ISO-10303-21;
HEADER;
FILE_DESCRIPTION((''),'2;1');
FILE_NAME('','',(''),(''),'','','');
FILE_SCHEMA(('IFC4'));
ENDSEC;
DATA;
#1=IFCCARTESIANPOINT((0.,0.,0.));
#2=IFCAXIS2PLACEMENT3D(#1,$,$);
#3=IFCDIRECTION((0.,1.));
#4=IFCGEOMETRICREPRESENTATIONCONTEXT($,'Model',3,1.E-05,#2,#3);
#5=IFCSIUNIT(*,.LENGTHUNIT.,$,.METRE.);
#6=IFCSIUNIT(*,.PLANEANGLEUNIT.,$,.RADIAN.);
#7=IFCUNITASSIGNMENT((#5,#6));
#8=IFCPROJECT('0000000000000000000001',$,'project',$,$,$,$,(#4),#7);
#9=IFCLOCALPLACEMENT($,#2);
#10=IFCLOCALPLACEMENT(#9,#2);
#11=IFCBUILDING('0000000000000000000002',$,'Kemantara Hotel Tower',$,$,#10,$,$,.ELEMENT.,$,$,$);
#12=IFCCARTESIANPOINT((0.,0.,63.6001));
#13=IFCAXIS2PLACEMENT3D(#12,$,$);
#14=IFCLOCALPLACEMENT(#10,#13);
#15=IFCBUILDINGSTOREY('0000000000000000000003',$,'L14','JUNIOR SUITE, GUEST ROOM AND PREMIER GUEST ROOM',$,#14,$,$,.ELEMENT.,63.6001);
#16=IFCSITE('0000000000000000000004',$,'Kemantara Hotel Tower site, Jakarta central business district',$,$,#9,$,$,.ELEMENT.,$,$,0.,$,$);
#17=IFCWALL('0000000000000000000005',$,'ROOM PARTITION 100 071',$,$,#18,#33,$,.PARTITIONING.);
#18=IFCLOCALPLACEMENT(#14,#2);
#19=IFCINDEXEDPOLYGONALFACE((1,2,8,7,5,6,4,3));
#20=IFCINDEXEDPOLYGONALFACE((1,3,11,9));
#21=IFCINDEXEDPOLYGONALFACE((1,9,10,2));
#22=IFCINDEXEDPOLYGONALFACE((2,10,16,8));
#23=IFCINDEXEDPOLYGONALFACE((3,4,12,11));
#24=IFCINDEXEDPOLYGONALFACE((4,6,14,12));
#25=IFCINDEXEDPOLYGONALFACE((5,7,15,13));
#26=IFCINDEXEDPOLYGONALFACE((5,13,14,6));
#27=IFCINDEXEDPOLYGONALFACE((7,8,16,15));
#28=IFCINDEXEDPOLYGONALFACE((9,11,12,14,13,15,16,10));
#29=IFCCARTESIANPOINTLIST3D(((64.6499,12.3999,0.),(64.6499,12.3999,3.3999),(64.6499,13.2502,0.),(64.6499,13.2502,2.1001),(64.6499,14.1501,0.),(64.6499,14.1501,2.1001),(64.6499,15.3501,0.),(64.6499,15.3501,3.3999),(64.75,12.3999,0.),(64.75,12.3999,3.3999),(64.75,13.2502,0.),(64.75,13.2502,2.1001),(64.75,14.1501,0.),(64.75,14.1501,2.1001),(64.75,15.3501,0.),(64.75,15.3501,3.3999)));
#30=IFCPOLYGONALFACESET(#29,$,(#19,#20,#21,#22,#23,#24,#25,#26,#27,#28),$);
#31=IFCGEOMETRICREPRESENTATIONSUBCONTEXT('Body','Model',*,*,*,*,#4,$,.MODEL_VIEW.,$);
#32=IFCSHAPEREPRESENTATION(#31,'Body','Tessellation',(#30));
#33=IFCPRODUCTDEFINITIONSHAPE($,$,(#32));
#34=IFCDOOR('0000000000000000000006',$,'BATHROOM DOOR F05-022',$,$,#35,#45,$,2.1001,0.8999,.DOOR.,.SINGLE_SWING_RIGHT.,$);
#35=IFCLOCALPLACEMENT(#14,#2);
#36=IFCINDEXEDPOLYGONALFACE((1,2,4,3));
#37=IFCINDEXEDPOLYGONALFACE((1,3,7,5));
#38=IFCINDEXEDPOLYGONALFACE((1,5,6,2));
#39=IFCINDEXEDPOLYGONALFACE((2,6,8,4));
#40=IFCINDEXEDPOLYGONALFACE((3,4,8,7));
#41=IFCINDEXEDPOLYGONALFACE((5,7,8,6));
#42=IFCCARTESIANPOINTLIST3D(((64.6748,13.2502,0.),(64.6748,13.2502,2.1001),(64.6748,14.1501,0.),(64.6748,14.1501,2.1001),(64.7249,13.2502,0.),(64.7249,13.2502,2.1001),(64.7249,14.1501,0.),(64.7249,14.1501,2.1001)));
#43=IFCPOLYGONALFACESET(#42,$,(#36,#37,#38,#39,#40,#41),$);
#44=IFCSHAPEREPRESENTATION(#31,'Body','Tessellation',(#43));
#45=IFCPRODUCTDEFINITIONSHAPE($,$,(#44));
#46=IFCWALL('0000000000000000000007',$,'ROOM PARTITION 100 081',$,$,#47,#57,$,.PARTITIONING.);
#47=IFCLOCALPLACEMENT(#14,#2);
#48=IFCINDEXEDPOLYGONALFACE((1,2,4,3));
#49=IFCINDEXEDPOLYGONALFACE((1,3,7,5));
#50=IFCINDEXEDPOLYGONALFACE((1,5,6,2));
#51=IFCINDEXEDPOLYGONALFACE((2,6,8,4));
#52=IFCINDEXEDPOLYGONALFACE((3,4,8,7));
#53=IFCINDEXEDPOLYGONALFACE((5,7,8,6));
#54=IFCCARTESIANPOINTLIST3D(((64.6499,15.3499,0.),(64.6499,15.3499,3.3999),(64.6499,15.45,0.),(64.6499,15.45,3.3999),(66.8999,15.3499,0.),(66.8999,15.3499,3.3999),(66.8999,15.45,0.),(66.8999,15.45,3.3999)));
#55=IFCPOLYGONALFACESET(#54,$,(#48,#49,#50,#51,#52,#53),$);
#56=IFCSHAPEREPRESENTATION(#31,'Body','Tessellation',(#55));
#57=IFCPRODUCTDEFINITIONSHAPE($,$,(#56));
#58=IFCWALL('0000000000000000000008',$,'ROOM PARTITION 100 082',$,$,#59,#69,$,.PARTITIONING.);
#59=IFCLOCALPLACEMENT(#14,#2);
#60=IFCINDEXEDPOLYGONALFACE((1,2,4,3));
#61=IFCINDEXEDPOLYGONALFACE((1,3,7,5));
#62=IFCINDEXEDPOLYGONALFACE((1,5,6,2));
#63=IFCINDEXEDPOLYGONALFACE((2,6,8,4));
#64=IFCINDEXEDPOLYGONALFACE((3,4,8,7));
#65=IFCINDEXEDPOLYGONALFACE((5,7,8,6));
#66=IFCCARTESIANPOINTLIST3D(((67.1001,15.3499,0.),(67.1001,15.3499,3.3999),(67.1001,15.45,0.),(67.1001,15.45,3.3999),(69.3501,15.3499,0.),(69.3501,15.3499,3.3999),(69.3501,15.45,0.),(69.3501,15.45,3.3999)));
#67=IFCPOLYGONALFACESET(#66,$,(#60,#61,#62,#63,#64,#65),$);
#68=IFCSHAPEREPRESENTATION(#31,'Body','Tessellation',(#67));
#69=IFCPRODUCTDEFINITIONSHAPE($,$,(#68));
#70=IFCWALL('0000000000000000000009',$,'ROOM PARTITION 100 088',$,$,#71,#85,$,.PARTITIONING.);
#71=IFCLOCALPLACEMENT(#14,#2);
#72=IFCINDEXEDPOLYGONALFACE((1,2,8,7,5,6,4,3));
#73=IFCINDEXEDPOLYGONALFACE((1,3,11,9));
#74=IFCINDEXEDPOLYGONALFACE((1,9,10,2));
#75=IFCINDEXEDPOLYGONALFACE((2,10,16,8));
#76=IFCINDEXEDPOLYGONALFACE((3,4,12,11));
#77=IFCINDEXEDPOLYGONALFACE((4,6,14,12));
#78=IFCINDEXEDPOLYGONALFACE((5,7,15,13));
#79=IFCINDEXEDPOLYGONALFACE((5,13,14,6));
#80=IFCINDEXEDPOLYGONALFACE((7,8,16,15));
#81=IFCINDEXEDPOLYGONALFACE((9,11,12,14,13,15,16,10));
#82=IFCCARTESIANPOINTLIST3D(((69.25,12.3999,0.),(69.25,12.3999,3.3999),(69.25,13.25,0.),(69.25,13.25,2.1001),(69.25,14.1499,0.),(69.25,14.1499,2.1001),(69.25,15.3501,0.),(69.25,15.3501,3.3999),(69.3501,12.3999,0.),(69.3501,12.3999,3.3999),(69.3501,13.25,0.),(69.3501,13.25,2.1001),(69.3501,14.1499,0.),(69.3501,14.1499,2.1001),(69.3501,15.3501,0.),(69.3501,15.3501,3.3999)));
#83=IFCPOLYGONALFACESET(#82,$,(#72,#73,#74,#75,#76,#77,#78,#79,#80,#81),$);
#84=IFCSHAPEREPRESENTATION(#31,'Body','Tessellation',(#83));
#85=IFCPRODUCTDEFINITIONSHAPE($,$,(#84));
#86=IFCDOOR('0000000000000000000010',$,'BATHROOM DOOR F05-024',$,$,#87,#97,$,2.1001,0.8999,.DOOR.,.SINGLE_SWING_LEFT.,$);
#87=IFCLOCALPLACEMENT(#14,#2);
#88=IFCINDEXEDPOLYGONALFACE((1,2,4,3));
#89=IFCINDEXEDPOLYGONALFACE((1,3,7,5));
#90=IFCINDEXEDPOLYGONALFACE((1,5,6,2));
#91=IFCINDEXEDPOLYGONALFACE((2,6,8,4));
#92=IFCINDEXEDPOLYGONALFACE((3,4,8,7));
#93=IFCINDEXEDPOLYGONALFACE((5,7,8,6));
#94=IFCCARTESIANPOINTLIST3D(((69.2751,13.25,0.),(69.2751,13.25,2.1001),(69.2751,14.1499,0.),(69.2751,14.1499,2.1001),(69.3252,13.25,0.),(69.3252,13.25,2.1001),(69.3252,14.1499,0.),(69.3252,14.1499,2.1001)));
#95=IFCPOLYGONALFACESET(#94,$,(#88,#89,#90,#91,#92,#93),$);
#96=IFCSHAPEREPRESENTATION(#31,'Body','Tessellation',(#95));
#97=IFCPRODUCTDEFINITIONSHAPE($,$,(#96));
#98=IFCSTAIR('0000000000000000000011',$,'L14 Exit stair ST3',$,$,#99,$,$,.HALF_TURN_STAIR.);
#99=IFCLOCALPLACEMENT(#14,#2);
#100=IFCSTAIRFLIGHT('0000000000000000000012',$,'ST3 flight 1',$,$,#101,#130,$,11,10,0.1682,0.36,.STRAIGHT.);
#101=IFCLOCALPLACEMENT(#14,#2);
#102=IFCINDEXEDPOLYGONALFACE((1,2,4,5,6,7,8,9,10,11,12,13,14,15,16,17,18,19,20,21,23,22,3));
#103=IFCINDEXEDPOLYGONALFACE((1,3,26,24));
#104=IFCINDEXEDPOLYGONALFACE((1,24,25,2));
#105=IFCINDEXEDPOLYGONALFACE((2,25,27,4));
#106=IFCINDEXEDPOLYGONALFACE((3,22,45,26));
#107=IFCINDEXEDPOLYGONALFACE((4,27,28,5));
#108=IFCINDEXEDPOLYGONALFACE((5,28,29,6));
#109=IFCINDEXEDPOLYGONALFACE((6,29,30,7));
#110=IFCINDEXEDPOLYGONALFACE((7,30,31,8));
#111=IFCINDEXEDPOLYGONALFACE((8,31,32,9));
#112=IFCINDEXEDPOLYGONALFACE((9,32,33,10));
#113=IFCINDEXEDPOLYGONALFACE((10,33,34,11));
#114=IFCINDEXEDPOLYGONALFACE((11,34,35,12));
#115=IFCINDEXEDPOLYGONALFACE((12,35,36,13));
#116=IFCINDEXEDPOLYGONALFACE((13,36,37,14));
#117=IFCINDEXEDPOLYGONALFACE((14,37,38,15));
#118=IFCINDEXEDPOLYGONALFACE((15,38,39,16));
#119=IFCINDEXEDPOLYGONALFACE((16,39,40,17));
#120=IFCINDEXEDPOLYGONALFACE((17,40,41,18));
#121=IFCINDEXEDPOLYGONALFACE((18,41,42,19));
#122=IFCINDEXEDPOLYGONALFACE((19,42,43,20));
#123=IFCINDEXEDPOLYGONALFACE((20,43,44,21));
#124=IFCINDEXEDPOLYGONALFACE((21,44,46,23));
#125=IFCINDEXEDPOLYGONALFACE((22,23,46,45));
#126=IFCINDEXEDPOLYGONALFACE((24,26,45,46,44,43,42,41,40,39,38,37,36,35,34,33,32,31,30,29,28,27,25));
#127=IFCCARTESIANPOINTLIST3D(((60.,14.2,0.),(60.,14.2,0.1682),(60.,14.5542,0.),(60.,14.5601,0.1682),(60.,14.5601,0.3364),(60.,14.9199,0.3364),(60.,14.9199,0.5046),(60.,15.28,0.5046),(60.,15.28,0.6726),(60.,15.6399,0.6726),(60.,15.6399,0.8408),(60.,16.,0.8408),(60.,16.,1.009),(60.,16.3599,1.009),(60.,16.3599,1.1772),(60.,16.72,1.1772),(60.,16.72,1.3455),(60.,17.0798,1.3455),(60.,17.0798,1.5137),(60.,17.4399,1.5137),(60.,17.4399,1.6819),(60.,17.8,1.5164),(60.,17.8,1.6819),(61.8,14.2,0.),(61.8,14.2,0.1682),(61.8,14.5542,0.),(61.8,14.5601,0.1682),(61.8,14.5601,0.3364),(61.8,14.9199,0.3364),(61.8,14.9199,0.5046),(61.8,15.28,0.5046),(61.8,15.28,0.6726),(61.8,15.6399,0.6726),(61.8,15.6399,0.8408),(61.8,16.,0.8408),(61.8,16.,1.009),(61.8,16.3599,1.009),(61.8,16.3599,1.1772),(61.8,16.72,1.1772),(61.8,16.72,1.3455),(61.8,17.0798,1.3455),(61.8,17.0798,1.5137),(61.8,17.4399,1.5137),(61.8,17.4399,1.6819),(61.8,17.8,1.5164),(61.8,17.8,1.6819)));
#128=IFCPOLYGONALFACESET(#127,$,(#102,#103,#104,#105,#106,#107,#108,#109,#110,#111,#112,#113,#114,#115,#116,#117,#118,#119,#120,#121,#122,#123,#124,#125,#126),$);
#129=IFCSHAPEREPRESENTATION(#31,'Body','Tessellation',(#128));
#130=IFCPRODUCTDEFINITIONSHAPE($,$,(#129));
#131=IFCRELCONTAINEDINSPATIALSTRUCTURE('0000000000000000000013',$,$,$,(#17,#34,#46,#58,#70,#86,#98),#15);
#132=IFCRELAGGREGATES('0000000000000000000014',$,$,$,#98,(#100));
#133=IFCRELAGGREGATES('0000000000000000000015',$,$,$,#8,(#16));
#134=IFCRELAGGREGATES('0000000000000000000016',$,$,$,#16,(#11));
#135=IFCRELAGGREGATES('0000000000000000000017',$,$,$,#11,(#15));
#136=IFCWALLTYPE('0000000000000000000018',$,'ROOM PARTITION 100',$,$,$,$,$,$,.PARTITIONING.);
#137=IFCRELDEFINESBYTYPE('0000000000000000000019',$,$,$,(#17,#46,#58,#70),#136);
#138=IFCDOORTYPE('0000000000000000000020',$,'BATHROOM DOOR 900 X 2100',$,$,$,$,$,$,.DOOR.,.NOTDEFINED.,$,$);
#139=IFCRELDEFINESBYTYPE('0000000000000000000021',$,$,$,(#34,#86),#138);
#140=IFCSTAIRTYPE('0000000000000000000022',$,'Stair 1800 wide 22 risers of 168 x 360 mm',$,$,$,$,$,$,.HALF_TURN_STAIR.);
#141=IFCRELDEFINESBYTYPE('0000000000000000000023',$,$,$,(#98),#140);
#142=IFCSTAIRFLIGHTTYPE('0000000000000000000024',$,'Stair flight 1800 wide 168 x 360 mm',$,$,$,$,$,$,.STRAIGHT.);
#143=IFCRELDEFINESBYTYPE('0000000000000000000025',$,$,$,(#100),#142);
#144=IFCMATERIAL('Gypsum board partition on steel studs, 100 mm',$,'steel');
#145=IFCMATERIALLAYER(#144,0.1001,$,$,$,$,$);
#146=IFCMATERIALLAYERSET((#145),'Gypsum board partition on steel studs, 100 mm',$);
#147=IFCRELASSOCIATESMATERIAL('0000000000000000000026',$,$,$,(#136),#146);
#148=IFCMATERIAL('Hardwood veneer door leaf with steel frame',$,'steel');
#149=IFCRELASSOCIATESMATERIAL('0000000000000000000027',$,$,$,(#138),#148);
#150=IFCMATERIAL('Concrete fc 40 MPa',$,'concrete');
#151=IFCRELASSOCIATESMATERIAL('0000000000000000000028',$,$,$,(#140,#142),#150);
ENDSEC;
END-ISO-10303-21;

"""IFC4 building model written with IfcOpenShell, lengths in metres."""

from ifc_helpers import new_model, si_unit, direction, frame, frame_2d, origin, place, context, subcontext, project, spatial, polyline, rectangle, outline, extrude, material, layer, layer_set, type_object, element, fill, aggregate, save


model = new_model("IFC4")

# Units and contexts
model_context = context("Model", 3, precision=1e-05, world=origin(), true_north=direction((0.0, 1.0)))
body_context = subcontext(model_context, "Body", "Model", "MODEL_VIEW")
ifc_project = project(units=[si_unit("LENGTHUNIT", "METRE"), si_unit("PLANEANGLEUNIT", "RADIAN")], contexts=[model_context])

# Site, building, storey
site_placement = place(None, origin())
site = spatial("IfcSite", under=ifc_project, at=site_placement, Name="Kemantara Hotel Tower site, Jakarta central business district", CompositionType="ELEMENT", RefElevation=0.0)
building_placement = place(site_placement, origin())
building = spatial("IfcBuilding", under=site, at=building_placement, Name="Kemantara Hotel Tower", CompositionType="ELEMENT")
storey_placement = place(building_placement, frame((0.0, 0.0, 63.6001)))
storey = spatial("IfcBuildingStorey", under=building, at=storey_placement, Name="L14", Description="JUNIOR SUITE, GUEST ROOM AND PREMIER GUEST ROOM", CompositionType="ELEMENT", Elevation=63.6001)

# Shared definitions
ifc_material_1 = material(Name="Hardwood veneer door leaf with steel frame", Category="steel")

# Shared definitions
ifc_material_2 = material(Name="Concrete fc 40 MPa", Category="concrete")

# Wall, opening, door
ifc_material_3 = material(Name="Gypsum board partition on steel studs, 100 mm", Category="steel")
ifc_layer_1 = layer(ifc_material_3, 0.1001)
ifc_layer_set_1 = layer_set([ifc_layer_1], Name="Gypsum board partition on steel studs, 100 mm")
wall_type_1 = type_object("IfcWallType", Name="ROOM PARTITION 100", PredefinedType="PARTITIONING", material=ifc_layer_set_1)
wall_1_placement = place(storey_placement, frame((64.7, 15.3501, 0.0), z_axis=(0.0, 0.0, 1.0), x_axis=(0.0, -1.0, 0.0)))
wall_1 = element("IfcWall", 1, at=wall_1_placement, inside=storey, type_object=wall_type_1, Name="ROOM PARTITION 100 071", PredefinedType="PARTITIONING", context=body_context, shape_type="SweptSolid", body=[
    extrude(rectangle(XDim=2.9502, YDim=0.1001, at=frame_2d((1.4751, 0.0))), origin(), (0.0, 0.0, 1.0), 3.3999),
])
opening_1_placement = place(wall_1_placement, frame((1.2, 0.0, 0.0)))
opening_1 = element("IfcOpeningElement", 2, at=opening_1_placement, cuts=wall_1, PredefinedType="OPENING", context=body_context, shape_type="SweptSolid", body=[
    extrude(rectangle(XDim=0.8999, YDim=2.1001, at=frame_2d((0.45, 1.05))), frame((0.0, 0.0601, 0.0), z_axis=(0.0, -1.0, 0.0), x_axis=(1.0, 0.0, 0.0)), (0.0, 0.0, 1.0), 0.1201),
])
door_type_1 = type_object("IfcDoorType", Name="BATHROOM DOOR 900 X 2100", OperationType="NOTDEFINED", PredefinedType="DOOR", material=ifc_material_1)
door_1_placement = place(opening_1_placement, origin())
door_1 = element("IfcDoor", 3, at=door_1_placement, inside=storey, type_object=door_type_1, Name="BATHROOM DOOR F05-022", OperationType="SINGLE_SWING_RIGHT", OverallHeight=2.1001, OverallWidth=0.8999, PredefinedType="DOOR", context=body_context, shape_type="SweptSolid", body=[
    extrude(rectangle(XDim=0.8999, YDim=2.1001, at=frame_2d((0.45, 1.05))), frame((0.0, 0.0249, 0.0), z_axis=(0.0, -1.0, 0.0), x_axis=(1.0, 0.0, 0.0)), (0.0, 0.0, 1.0), 0.05),
])
fill(opening_1, door_1)

# Walls
for number, where, z_axis, x_axis, name in (
    (4, (64.6499, 15.3999, 0.0), (0.0, 0.0, 1.0), (1.0, 0.0, 0.0), "ROOM PARTITION 100 081"),
    (5, (67.1001, 15.3999, 0.0), (0.0, 0.0, 1.0), (1.0, 0.0, 0.0), "ROOM PARTITION 100 082"),
):
    element("IfcWall", number, at=place(storey_placement, frame(where, z_axis=z_axis, x_axis=x_axis)), inside=storey, type_object=wall_type_1, Name=name, PredefinedType="PARTITIONING", context=body_context, shape_type="SweptSolid", body=[
        extrude(rectangle(XDim=2.25, YDim=0.1001, at=frame_2d((1.125, 0.0))), origin(), (0.0, 0.0, 1.0), 3.3999),
    ])

# Wall, opening, door
wall_2_placement = place(storey_placement, frame((69.3, 12.3999, 0.0), z_axis=(0.0, 0.0, 1.0), x_axis=(0.0, 1.0, 0.0)))
wall_2 = element("IfcWall", 6, at=wall_2_placement, inside=storey, type_object=wall_type_1, Name="ROOM PARTITION 100 088", PredefinedType="PARTITIONING", context=body_context, shape_type="SweptSolid", body=[
    extrude(rectangle(XDim=2.9502, YDim=0.1001, at=frame_2d((1.4751, 0.0))), origin(), (0.0, 0.0, 1.0), 3.3999),
])
opening_2_placement = place(wall_2_placement, frame((0.8501, 0.0, 0.0)))
opening_2 = element("IfcOpeningElement", 7, at=opening_2_placement, cuts=wall_2, PredefinedType="OPENING", context=body_context, shape_type="SweptSolid", body=[
    extrude(rectangle(XDim=0.8999, YDim=2.1001, at=frame_2d((0.45, 1.05))), frame((0.0, 0.0601, 0.0), z_axis=(0.0, -1.0, 0.0), x_axis=(1.0, 0.0, 0.0)), (0.0, 0.0, 1.0), 0.1201),
])
door_2_placement = place(opening_2_placement, origin())
door_2 = element("IfcDoor", 8, at=door_2_placement, inside=storey, type_object=door_type_1, Name="BATHROOM DOOR F05-024", OperationType="SINGLE_SWING_LEFT", OverallHeight=2.1001, OverallWidth=0.8999, PredefinedType="DOOR", context=body_context, shape_type="SweptSolid", body=[
    extrude(rectangle(XDim=0.8999, YDim=2.1001, at=frame_2d((0.45, 1.05))), frame((0.0, 0.0249, 0.0), z_axis=(0.0, -1.0, 0.0), x_axis=(1.0, 0.0, 0.0)), (0.0, 0.0, 1.0), 0.05),
])
fill(opening_2, door_2)

# Stair, stair flight
stair_type = type_object("IfcStairType", Name="Stair 1800 wide 22 risers of 168 x 360 mm", PredefinedType="HALF_TURN_STAIR", material=ifc_material_2)
stair_placement = place(storey_placement, origin())
stair = element("IfcStair", 9, at=stair_placement, inside=storey, type_object=stair_type, Name="L14 Exit stair ST3", PredefinedType="HALF_TURN_STAIR")
stair_flight_type = type_object("IfcStairFlightType", Name="Stair flight 1800 wide 168 x 360 mm", PredefinedType="STRAIGHT", material=ifc_material_2)
stair_flight_placement = place(storey_placement, frame((60.8999, 14.2, 0.0), z_axis=(0.0, 0.0, 1.0), x_axis=(0.0, 1.0, 0.0)))
stair_flight = element("IfcStairFlight", 10, at=stair_flight_placement, type_object=stair_flight_type, Name="ST3 flight 1", NumberOfRisers=11, NumberOfTreads=10, PredefinedType="STRAIGHT", RiserHeight=0.1682, TreadLength=0.36, context=body_context, shape_type="SweptSolid", body=[
    extrude(outline(polyline([(0.0, 0.0), (0.0, 0.1682), (0.3601, 0.1682), (0.3601, 0.3364), (0.72, 0.3364), (0.72, 0.5046), (1.0801, 0.5046), (1.0801, 0.6726), (1.4399, 0.6726), (1.4399, 0.8408), (1.8, 0.8408), (1.8, 1.009), (2.1599, 1.009), (2.1599, 1.1772), (2.52, 1.1772), (2.52, 1.3455), (2.8799, 1.3455), (2.8799, 1.5137), (3.24, 1.5137), (3.24, 1.6819), (3.6001, 1.6819), (3.6001, 1.8501), (3.6001, 1.5164), (0.3542, 0.0), (0.0, 0.0)])), frame((0.0, 0.8999, 0.0), z_axis=(0.0, -1.0, 0.0), x_axis=(1.0, 0.0, 0.0)), (0.0, 0.0, 1.0), 1.8),
])
aggregate(stair, [stair_flight])

save(model, "model.ifc")
